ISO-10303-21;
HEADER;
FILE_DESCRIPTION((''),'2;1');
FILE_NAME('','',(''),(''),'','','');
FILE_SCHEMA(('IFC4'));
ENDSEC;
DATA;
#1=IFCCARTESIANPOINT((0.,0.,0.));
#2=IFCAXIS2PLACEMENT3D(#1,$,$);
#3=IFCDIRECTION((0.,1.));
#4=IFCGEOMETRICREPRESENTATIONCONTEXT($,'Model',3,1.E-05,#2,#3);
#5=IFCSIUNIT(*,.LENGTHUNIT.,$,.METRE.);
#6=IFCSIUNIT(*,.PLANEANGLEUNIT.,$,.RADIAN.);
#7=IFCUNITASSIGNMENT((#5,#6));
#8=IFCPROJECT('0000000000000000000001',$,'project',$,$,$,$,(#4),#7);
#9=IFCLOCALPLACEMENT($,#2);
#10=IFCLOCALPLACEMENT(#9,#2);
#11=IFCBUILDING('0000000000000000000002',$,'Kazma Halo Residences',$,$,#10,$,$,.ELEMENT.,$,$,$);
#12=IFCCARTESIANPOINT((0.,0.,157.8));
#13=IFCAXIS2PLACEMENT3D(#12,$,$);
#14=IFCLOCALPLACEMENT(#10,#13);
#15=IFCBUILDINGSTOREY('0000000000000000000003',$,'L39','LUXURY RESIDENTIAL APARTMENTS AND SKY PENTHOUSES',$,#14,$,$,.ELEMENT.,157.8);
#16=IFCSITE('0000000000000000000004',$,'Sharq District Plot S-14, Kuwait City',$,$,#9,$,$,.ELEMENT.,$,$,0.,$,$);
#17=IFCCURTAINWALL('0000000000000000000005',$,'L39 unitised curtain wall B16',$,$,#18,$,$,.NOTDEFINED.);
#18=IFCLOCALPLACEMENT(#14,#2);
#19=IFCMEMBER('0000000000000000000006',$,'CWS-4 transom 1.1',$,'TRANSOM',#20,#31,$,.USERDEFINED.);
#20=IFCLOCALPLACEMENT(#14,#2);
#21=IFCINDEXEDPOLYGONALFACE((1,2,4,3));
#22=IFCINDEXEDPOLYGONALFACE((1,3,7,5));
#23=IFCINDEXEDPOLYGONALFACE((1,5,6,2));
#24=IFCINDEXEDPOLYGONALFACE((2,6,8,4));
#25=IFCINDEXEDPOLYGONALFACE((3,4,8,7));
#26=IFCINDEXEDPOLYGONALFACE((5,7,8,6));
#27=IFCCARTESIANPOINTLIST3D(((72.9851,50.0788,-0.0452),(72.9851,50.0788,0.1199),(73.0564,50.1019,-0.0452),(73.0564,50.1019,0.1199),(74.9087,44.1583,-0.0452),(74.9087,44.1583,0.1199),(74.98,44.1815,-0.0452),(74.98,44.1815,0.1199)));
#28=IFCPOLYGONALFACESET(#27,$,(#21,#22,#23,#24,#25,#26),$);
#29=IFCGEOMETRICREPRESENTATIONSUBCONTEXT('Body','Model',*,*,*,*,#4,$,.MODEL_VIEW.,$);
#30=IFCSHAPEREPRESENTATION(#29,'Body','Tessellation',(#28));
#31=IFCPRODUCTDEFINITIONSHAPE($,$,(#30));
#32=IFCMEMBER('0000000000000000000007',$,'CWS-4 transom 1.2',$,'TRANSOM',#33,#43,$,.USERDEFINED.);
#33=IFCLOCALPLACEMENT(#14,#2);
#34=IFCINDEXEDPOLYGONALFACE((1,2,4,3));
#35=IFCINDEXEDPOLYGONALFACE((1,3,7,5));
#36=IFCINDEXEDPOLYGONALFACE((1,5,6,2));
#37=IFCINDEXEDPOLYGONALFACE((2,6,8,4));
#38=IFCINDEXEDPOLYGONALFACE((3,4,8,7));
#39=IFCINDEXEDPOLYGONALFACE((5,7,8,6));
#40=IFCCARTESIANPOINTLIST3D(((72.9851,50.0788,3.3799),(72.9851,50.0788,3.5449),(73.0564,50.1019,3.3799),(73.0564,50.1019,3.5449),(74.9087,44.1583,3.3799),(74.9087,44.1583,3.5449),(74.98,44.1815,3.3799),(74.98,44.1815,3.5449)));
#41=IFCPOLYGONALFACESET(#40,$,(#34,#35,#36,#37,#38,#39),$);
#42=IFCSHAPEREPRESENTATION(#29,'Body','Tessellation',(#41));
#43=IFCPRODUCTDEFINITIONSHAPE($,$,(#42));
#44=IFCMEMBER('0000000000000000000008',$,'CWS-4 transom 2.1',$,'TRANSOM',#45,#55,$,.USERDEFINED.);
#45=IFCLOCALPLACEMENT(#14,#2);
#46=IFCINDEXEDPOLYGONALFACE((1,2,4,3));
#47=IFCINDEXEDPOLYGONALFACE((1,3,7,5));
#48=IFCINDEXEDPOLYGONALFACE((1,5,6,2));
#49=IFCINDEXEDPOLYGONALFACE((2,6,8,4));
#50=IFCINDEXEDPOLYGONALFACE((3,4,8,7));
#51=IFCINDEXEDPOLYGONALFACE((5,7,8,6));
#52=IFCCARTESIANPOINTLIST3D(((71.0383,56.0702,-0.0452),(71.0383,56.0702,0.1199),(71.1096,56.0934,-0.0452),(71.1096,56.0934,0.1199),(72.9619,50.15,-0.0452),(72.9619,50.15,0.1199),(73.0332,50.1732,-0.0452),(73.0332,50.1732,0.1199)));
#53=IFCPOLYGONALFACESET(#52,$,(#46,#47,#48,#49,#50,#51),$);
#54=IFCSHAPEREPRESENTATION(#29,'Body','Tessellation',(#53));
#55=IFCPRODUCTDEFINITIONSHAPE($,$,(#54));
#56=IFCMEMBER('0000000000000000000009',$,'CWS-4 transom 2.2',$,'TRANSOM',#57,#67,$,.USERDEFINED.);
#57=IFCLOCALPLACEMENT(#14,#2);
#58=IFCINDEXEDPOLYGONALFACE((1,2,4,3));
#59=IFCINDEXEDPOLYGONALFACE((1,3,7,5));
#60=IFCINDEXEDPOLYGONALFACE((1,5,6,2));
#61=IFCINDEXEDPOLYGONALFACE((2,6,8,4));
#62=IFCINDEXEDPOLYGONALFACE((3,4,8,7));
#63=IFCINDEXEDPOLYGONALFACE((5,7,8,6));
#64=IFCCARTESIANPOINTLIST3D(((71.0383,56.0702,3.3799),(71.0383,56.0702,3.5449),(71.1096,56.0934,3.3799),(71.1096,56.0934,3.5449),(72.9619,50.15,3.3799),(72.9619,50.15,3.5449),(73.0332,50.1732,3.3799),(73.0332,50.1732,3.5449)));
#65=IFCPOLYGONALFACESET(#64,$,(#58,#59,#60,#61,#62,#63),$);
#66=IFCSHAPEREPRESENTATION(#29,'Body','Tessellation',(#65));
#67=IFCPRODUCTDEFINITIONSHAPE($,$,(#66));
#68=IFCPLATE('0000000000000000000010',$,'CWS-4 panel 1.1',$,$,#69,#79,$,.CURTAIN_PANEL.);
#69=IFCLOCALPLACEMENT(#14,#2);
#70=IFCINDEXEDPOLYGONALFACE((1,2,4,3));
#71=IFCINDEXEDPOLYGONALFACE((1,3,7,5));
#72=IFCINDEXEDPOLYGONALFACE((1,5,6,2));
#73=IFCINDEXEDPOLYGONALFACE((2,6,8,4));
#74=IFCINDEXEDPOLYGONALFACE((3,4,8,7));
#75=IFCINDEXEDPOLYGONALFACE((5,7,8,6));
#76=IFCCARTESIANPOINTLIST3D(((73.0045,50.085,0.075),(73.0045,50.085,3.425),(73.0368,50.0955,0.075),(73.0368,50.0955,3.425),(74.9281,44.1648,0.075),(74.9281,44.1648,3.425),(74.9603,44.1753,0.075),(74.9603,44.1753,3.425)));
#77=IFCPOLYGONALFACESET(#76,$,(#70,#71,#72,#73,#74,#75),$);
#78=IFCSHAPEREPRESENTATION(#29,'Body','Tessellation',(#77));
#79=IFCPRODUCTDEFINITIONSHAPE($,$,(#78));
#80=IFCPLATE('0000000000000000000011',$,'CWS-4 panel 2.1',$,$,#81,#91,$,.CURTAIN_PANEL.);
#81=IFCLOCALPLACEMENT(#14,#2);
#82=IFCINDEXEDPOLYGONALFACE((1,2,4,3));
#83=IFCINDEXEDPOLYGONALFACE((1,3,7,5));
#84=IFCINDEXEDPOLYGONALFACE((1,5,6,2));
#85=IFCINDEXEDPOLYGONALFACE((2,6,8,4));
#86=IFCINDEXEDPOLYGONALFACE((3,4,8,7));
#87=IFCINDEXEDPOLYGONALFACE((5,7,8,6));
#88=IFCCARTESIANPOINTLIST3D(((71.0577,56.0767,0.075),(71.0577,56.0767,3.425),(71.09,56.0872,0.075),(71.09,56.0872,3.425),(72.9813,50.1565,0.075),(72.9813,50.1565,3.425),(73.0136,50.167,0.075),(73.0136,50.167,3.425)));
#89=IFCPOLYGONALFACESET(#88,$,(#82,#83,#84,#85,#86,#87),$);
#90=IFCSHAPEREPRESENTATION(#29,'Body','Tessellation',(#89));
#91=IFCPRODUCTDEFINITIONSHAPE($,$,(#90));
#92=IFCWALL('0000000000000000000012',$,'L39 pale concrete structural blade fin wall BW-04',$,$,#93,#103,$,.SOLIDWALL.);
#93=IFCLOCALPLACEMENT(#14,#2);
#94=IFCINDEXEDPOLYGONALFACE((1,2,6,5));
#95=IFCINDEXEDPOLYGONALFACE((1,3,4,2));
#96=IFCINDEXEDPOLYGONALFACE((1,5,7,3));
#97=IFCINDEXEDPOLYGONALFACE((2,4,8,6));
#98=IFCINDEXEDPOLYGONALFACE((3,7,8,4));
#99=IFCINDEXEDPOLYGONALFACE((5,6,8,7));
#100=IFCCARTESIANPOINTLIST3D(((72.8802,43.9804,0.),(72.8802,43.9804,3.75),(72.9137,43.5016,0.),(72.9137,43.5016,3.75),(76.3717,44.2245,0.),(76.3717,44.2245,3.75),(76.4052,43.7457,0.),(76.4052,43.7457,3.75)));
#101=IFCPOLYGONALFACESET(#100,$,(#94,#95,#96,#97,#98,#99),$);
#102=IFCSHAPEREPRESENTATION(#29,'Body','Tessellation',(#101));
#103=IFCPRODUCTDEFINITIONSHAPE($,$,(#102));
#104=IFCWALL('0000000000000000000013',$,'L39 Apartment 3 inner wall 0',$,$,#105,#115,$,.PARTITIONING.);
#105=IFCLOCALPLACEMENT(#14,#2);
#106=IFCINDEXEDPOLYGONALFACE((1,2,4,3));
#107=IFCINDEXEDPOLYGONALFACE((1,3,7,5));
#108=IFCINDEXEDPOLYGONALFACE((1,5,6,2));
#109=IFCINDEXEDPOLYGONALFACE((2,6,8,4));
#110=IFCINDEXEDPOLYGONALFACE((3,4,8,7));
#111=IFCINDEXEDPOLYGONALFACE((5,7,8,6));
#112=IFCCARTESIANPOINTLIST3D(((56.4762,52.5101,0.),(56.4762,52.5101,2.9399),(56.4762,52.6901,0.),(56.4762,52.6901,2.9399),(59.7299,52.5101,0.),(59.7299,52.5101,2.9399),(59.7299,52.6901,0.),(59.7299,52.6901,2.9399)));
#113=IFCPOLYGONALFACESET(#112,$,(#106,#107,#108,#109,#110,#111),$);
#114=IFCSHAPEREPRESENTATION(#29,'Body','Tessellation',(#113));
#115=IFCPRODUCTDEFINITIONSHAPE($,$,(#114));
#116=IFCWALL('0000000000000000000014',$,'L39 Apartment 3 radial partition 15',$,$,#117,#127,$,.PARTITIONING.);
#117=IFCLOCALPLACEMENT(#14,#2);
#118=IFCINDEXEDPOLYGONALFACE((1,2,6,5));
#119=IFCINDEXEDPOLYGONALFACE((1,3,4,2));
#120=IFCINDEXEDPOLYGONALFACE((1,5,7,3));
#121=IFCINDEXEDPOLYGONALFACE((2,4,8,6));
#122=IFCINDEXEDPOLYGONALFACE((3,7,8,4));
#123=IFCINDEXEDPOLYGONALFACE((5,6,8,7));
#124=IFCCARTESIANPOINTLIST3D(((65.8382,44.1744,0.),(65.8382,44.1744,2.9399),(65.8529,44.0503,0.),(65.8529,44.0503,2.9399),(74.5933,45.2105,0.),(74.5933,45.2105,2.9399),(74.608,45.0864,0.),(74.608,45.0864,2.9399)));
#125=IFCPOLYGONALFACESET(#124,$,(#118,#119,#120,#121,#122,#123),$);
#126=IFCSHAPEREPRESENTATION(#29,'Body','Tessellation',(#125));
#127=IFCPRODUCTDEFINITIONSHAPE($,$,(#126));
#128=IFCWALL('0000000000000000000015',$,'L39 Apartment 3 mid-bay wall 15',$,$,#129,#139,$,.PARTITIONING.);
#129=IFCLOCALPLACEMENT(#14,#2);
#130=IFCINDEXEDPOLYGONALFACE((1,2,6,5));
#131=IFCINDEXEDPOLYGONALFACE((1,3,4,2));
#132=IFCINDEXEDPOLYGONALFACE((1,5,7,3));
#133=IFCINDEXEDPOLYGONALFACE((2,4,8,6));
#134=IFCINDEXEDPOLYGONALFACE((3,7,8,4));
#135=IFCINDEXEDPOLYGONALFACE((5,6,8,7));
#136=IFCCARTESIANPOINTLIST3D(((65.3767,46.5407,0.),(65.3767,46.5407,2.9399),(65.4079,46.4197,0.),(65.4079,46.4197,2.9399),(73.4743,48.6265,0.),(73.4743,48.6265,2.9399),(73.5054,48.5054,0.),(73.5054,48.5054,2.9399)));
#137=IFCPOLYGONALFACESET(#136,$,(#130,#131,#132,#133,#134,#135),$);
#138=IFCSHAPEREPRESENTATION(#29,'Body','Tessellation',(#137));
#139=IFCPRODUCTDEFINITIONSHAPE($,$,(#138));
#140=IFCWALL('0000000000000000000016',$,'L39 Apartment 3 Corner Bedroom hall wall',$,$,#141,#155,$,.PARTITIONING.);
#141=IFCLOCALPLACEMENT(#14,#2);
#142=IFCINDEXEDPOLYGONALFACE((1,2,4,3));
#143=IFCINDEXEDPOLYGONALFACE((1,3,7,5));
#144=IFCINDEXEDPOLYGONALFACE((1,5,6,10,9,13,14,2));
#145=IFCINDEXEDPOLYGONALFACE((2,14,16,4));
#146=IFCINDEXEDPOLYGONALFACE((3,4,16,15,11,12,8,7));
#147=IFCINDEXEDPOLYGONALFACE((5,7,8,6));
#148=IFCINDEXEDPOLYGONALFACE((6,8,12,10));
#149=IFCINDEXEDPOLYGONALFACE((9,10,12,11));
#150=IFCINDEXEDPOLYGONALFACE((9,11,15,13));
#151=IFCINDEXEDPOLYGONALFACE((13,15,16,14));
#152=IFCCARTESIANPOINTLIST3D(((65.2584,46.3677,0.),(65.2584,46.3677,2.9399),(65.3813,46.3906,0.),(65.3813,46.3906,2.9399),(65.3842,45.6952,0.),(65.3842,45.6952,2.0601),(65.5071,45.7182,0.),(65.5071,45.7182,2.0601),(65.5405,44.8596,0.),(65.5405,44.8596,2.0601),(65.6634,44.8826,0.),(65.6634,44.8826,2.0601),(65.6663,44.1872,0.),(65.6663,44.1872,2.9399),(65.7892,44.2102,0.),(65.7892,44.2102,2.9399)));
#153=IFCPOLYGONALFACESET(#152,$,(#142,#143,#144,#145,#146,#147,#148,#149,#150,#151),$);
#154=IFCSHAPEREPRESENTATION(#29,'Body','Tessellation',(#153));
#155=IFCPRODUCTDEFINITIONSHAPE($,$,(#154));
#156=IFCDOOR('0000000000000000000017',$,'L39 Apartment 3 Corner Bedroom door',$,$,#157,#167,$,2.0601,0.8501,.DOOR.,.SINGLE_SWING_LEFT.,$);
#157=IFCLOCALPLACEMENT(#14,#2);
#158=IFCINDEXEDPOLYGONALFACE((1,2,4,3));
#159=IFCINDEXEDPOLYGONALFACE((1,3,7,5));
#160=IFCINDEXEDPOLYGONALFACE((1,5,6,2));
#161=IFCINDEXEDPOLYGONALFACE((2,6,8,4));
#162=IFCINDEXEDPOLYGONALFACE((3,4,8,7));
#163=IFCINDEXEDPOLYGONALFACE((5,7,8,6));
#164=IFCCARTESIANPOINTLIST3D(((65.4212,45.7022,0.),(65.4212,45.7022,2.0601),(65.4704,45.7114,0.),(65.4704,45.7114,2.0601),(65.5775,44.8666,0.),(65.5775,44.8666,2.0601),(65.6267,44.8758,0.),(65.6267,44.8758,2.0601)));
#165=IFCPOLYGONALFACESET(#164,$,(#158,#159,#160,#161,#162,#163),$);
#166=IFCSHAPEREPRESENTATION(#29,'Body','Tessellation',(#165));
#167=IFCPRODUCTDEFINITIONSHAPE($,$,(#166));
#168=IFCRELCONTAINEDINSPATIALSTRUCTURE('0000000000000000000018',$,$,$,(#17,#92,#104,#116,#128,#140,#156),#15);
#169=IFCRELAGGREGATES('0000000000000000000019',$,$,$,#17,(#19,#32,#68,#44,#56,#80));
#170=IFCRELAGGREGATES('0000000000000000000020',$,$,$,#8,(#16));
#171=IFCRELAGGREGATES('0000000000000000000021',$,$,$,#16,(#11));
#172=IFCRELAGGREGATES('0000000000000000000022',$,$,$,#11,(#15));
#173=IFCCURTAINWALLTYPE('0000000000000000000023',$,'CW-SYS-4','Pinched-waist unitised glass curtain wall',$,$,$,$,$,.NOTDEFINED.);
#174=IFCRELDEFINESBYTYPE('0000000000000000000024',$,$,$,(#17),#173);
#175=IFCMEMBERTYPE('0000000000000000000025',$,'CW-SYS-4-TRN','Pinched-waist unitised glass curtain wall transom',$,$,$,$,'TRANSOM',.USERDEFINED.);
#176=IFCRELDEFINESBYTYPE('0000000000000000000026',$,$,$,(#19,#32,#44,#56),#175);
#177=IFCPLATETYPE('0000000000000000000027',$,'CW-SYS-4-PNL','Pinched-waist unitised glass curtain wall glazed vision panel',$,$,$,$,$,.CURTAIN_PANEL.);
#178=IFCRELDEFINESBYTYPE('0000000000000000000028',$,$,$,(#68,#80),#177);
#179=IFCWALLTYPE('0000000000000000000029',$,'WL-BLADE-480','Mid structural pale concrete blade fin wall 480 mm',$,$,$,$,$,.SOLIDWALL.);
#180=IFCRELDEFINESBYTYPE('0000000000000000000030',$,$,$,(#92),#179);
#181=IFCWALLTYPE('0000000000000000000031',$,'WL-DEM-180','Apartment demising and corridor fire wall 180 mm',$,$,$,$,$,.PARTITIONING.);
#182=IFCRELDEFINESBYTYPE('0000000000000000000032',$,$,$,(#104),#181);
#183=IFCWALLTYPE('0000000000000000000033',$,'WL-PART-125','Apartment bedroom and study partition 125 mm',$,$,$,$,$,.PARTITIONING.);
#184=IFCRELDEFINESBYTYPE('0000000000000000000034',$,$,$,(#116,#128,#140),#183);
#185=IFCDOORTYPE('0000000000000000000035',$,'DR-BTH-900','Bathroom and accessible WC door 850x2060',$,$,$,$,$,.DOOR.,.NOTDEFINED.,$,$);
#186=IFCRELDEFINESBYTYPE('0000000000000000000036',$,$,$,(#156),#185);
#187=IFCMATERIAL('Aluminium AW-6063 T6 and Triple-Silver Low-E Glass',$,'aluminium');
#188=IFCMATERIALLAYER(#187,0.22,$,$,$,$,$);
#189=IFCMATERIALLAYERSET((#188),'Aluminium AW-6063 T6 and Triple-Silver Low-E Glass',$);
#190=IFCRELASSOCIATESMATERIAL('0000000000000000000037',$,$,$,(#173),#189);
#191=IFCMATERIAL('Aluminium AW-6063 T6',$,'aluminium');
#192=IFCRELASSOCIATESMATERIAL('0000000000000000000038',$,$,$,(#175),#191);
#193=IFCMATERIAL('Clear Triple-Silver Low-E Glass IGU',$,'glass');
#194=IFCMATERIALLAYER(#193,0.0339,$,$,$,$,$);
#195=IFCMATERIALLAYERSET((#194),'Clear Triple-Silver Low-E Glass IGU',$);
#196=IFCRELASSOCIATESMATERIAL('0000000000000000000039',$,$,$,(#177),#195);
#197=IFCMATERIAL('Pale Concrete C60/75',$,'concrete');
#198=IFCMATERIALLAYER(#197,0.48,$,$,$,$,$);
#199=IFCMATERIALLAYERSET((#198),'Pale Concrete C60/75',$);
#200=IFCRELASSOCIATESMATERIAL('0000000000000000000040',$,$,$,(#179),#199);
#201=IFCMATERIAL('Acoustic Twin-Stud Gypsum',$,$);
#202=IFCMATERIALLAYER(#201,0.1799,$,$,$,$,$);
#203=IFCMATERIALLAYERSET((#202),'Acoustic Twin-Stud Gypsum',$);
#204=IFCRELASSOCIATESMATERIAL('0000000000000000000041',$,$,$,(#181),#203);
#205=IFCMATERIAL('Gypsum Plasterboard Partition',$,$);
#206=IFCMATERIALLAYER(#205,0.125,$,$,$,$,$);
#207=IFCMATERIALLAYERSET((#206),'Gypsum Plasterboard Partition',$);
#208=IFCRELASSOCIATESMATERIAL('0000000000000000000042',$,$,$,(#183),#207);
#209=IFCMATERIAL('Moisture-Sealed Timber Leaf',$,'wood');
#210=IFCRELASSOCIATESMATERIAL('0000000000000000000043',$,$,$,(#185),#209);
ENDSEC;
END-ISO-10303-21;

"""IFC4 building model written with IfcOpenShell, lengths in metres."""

from ifc_helpers import new_model, si_unit, direction, frame, frame_2d, origin, origin_2d, place, context, subcontext, project, spatial, rectangle, extrude, material, layer, layer_set, material_profile, profile_set, type_object, element, fill, aggregate, save


model = new_model("IFC4")

# Units and contexts
model_context = context("Model", 3, precision=1e-05, world=origin(), true_north=direction((0.0, 1.0)))
body_context = subcontext(model_context, "Body", "Model", "MODEL_VIEW")
ifc_project = project(units=[si_unit("LENGTHUNIT", "METRE"), si_unit("PLANEANGLEUNIT", "RADIAN")], contexts=[model_context])

# Site, building, storey
site_placement = place(None, origin())
site = spatial("IfcSite", under=ifc_project, at=site_placement, Name="Sharq District Plot S-14, Kuwait City", CompositionType="ELEMENT", RefElevation=0.0)
building_placement = place(site_placement, origin())
building = spatial("IfcBuilding", under=site, at=building_placement, Name="Kazma Halo Residences", CompositionType="ELEMENT")
storey_placement = place(building_placement, frame((0.0, 0.0, 157.8)))
storey = spatial("IfcBuildingStorey", under=building, at=storey_placement, Name="L39", Description="LUXURY RESIDENTIAL APARTMENTS AND SKY PENTHOUSES", CompositionType="ELEMENT", Elevation=157.8)

# Shared definitions
ifc_material_1 = material(Name="Aluminium AW-6063 T6 and Triple-Silver Low-E Glass", Category="aluminium")
ifc_layer_1 = layer(ifc_material_1, 0.22)
ifc_layer_set_1 = layer_set([ifc_layer_1], Name="Aluminium AW-6063 T6 and Triple-Silver Low-E Glass")
curtain_wall_type = type_object("IfcCurtainWallType", Name="CW-SYS-4", Description="Pinched-waist unitised glass curtain wall", PredefinedType="NOTDEFINED", material=ifc_layer_set_1)
ifc_material_2 = material(Name="Aluminium AW-6063 T6", Category="aluminium")

# Curtain wall, members, plates
curtain_wall_1_placement = place(storey_placement, origin())
curtain_wall_1 = element("IfcCurtainWall", 1, at=curtain_wall_1_placement, inside=storey, type_object=curtain_wall_type, Name="L39 unitised curtain wall B16", PredefinedType="NOTDEFINED")
ifc_material_profile_1 = material_profile(ifc_material_2, rectangle(XDim=0.075, YDim=0.165, at=origin_2d()), Name="CWT-75x165")
ifc_profile_set_1 = profile_set([ifc_material_profile_1], Name="Aluminium AW-6063 T6")
member_type_1 = type_object("IfcMemberType", Name="CW-SYS-4-TRN", Description="Pinched-waist unitised glass curtain wall transom", ElementType="TRANSOM", PredefinedType="USERDEFINED", material=ifc_profile_set_1)
member_1_placement = place(storey_placement, frame((74.9443, 44.1699, 0.0374), z_axis=(-0.309006, 0.95106, 0.0), x_axis=(-0.95106, -0.309006, 0.0)))
member_1 = element("IfcMember", 2, at=member_1_placement, type_object=member_type_1, Name="CWS-4 transom 1.1", ObjectType="TRANSOM", PredefinedType="USERDEFINED", context=body_context, shape_type="SweptSolid", body=[
    extrude(rectangle(XDim=0.075, YDim=0.165, at=origin_2d()), origin(), (0.0, 0.0, 1.0), 6.2251),
])
member_2_placement = place(storey_placement, frame((74.9443, 44.1699, 3.4624), z_axis=(-0.309006, 0.95106, 0.0), x_axis=(-0.95106, -0.309006, 0.0)))
member_2 = element("IfcMember", 3, at=member_2_placement, type_object=member_type_1, Name="CWS-4 transom 1.2", ObjectType="TRANSOM", PredefinedType="USERDEFINED", context=body_context, shape_type="SweptSolid", body=[
    extrude(rectangle(XDim=0.075, YDim=0.165, at=origin_2d()), origin(), (0.0, 0.0, 1.0), 6.2251),
])
member_3_placement = place(storey_placement, frame((72.9976, 50.1616, 0.0374), z_axis=(-0.309018, 0.951056, 0.0), x_axis=(-0.951056, -0.309018, 0.0)))
member_3 = element("IfcMember", 4, at=member_3_placement, type_object=member_type_1, Name="CWS-4 transom 2.1", ObjectType="TRANSOM", PredefinedType="USERDEFINED", context=body_context, shape_type="SweptSolid", body=[
    extrude(rectangle(XDim=0.075, YDim=0.165, at=origin_2d()), origin(), (0.0, 0.0, 1.0), 6.2249),
])
member_4_placement = place(storey_placement, frame((72.9976, 50.1616, 3.4624), z_axis=(-0.309018, 0.951056, 0.0), x_axis=(-0.951056, -0.309018, 0.0)))
member_4 = element("IfcMember", 5, at=member_4_placement, type_object=member_type_1, Name="CWS-4 transom 2.2", ObjectType="TRANSOM", PredefinedType="USERDEFINED", context=body_context, shape_type="SweptSolid", body=[
    extrude(rectangle(XDim=0.075, YDim=0.165, at=origin_2d()), origin(), (0.0, 0.0, 1.0), 6.2249),
])
ifc_material_3 = material(Name="Clear Triple-Silver Low-E Glass IGU", Category="glass")
ifc_layer_2 = layer(ifc_material_3, 0.0339)
ifc_layer_set_2 = layer_set([ifc_layer_2], Name="Clear Triple-Silver Low-E Glass IGU")
plate_type = type_object("IfcPlateType", Name="CW-SYS-4-PNL", Description="Pinched-waist unitised glass curtain wall glazed vision panel", PredefinedType="CURTAIN_PANEL", material=ifc_layer_set_2)
plate_1_placement = place(storey_placement, frame((73.9824, 47.1301, 0.075), z_axis=(0.0, 0.0, 1.0), x_axis=(-0.309014, 0.951058, 0.0)))
plate_1 = element("IfcPlate", 6, at=plate_1_placement, type_object=plate_type, Name="CWS-4 panel 1.1", PredefinedType="CURTAIN_PANEL", context=body_context, shape_type="SweptSolid", body=[
    extrude(rectangle(XDim=6.2249, YDim=0.0339, at=origin_2d()), origin(), (0.0, 0.0, 1.0), 3.3501),
])
plate_2_placement = place(storey_placement, frame((72.0356, 53.1218, 0.075), z_axis=(0.0, 0.0, 1.0), x_axis=(-0.309014, 0.951058, 0.0)))
plate_2 = element("IfcPlate", 7, at=plate_2_placement, type_object=plate_type, Name="CWS-4 panel 2.1", PredefinedType="CURTAIN_PANEL", context=body_context, shape_type="SweptSolid", body=[
    extrude(rectangle(XDim=6.2249, YDim=0.0339, at=origin_2d()), origin(), (0.0, 0.0, 1.0), 3.3501),
])
aggregate(curtain_wall_1, [member_1, member_2, plate_1, member_3, member_4, plate_2])

# Walls
ifc_material_4 = material(Name="Pale Concrete C60/75", Category="concrete")
ifc_layer_3 = layer(ifc_material_4, 0.48)
ifc_layer_set_3 = layer_set([ifc_layer_3], Name="Pale Concrete C60/75")
wall_type_1 = type_object("IfcWallType", Name="WL-BLADE-480", Description="Mid structural pale concrete blade fin wall 480 mm", PredefinedType="SOLIDWALL", material=ifc_layer_set_3)
wall_1_placement = place(storey_placement, frame((72.897, 43.741, 0.0), z_axis=(0.0, 0.0, 1.0), x_axis=(0.997564, 0.069755, 0.0)))
element("IfcWall", 8, at=wall_1_placement, inside=storey, type_object=wall_type_1, Name="L39 pale concrete structural blade fin wall BW-04", PredefinedType="SOLIDWALL", context=body_context, shape_type="SweptSolid", body=[
    extrude(rectangle(XDim=3.5, YDim=0.48, at=frame_2d((1.75, 0.0))), origin(), (0.0, 0.0, 1.0), 3.75),
])
ifc_material_5 = material(Name="Acoustic Twin-Stud Gypsum")
ifc_layer_4 = layer(ifc_material_5, 0.1799)
ifc_layer_set_4 = layer_set([ifc_layer_4], Name="Acoustic Twin-Stud Gypsum")
wall_type_2 = type_object("IfcWallType", Name="WL-DEM-180", Description="Apartment demising and corridor fire wall 180 mm", PredefinedType="PARTITIONING", material=ifc_layer_set_4)
wall_2_placement = place(storey_placement, frame((59.73, 52.6001, 0.0), z_axis=(0.0, 0.0, 1.0), x_axis=(-1.0, 0.0, 0.0)))
element("IfcWall", 9, at=wall_2_placement, inside=storey, type_object=wall_type_2, Name="L39 Apartment 3 inner wall 0", PredefinedType="PARTITIONING", context=body_context, shape_type="SweptSolid", body=[
    extrude(rectangle(XDim=3.2537, YDim=0.1799, at=frame_2d((1.627, 0.0))), origin(), (0.0, 0.0, 1.0), 2.9399),
])
ifc_material_6 = material(Name="Gypsum Plasterboard Partition")
ifc_layer_5 = layer(ifc_material_6, 0.125)
ifc_layer_set_5 = layer_set([ifc_layer_5], Name="Gypsum Plasterboard Partition")
wall_type_3 = type_object("IfcWallType", Name="WL-PART-125", Description="Apartment bedroom and study partition 125 mm", PredefinedType="PARTITIONING", material=ifc_layer_set_5)
wall_3_placement = place(storey_placement, frame((65.8455, 44.1123, 0.0), z_axis=(0.0, 0.0, 1.0), x_axis=(0.99307, 0.117526, 0.0)))
element("IfcWall", 10, at=wall_3_placement, inside=storey, type_object=wall_type_3, Name="L39 Apartment 3 radial partition 15", PredefinedType="PARTITIONING", context=body_context, shape_type="SweptSolid", body=[
    extrude(rectangle(XDim=8.8162, YDim=0.125, at=frame_2d((4.4082, 0.0))), origin(), (0.0, 0.0, 1.0), 2.9399),
])
wall_4_placement = place(storey_placement, frame((65.3923, 46.4802, 0.0), z_axis=(0.0, 0.0, 1.0), x_axis=(0.968392, 0.249434, 0.0)))
element("IfcWall", 11, at=wall_4_placement, inside=storey, type_object=wall_type_3, Name="L39 Apartment 3 mid-bay wall 15", PredefinedType="PARTITIONING", context=body_context, shape_type="SweptSolid", body=[
    extrude(rectangle(XDim=8.3618, YDim=0.125, at=frame_2d((4.1809, 0.0))), origin(), (0.0, 0.0, 1.0), 2.9399),
])

# Wall, opening, door
wall_5_placement = place(storey_placement, frame((65.7278, 44.1987, 0.0), z_axis=(0.0, 0.0, 1.0), x_axis=(-0.18391, 0.982943, 0.0)))
wall_5 = element("IfcWall", 12, at=wall_5_placement, inside=storey, type_object=wall_type_3, Name="L39 Apartment 3 Corner Bedroom hall wall", PredefinedType="PARTITIONING", context=body_context, shape_type="SweptSolid", body=[
    extrude(rectangle(XDim=2.2183, YDim=0.125, at=frame_2d((1.1091, 0.0))), origin(), (0.0, 0.0, 1.0), 2.9399),
])
opening_1_placement = place(wall_5_placement, frame((0.6841, 0.0, 0.0)))
opening_1 = element("IfcOpeningElement", 13, at=opening_1_placement, cuts=wall_5, PredefinedType="OPENING", context=body_context, shape_type="SweptSolid", body=[
    extrude(rectangle(XDim=0.8501, YDim=2.0601, at=frame_2d((0.425, 1.03))), frame((0.0, 0.0725, 0.0), z_axis=(0.0, -1.0, 0.0), x_axis=(1.0, 0.0, 0.0)), (0.0, 0.0, 1.0), 0.145),
])
ifc_material_7 = material(Name="Moisture-Sealed Timber Leaf", Category="wood")
door_type_1 = type_object("IfcDoorType", Name="DR-BTH-900", Description="Bathroom and accessible WC door 850x2060", OperationType="NOTDEFINED", PredefinedType="DOOR", material=ifc_material_7)
door_1_placement = place(opening_1_placement, origin())
door_1 = element("IfcDoor", 14, at=door_1_placement, inside=storey, type_object=door_type_1, Name="L39 Apartment 3 Corner Bedroom door", OperationType="SINGLE_SWING_LEFT", OverallHeight=2.0601, OverallWidth=0.8501, PredefinedType="DOOR", context=body_context, shape_type="SweptSolid", body=[
    extrude(rectangle(XDim=0.8501, YDim=2.0601, at=frame_2d((0.425, 1.03))), frame((0.0, 0.0249, 0.0), z_axis=(0.0, -1.0, 0.0), x_axis=(1.0, 0.0, 0.0)), (0.0, 0.0, 1.0), 0.05),
])
fill(opening_1, door_1)

save(model, "model.ifc")
